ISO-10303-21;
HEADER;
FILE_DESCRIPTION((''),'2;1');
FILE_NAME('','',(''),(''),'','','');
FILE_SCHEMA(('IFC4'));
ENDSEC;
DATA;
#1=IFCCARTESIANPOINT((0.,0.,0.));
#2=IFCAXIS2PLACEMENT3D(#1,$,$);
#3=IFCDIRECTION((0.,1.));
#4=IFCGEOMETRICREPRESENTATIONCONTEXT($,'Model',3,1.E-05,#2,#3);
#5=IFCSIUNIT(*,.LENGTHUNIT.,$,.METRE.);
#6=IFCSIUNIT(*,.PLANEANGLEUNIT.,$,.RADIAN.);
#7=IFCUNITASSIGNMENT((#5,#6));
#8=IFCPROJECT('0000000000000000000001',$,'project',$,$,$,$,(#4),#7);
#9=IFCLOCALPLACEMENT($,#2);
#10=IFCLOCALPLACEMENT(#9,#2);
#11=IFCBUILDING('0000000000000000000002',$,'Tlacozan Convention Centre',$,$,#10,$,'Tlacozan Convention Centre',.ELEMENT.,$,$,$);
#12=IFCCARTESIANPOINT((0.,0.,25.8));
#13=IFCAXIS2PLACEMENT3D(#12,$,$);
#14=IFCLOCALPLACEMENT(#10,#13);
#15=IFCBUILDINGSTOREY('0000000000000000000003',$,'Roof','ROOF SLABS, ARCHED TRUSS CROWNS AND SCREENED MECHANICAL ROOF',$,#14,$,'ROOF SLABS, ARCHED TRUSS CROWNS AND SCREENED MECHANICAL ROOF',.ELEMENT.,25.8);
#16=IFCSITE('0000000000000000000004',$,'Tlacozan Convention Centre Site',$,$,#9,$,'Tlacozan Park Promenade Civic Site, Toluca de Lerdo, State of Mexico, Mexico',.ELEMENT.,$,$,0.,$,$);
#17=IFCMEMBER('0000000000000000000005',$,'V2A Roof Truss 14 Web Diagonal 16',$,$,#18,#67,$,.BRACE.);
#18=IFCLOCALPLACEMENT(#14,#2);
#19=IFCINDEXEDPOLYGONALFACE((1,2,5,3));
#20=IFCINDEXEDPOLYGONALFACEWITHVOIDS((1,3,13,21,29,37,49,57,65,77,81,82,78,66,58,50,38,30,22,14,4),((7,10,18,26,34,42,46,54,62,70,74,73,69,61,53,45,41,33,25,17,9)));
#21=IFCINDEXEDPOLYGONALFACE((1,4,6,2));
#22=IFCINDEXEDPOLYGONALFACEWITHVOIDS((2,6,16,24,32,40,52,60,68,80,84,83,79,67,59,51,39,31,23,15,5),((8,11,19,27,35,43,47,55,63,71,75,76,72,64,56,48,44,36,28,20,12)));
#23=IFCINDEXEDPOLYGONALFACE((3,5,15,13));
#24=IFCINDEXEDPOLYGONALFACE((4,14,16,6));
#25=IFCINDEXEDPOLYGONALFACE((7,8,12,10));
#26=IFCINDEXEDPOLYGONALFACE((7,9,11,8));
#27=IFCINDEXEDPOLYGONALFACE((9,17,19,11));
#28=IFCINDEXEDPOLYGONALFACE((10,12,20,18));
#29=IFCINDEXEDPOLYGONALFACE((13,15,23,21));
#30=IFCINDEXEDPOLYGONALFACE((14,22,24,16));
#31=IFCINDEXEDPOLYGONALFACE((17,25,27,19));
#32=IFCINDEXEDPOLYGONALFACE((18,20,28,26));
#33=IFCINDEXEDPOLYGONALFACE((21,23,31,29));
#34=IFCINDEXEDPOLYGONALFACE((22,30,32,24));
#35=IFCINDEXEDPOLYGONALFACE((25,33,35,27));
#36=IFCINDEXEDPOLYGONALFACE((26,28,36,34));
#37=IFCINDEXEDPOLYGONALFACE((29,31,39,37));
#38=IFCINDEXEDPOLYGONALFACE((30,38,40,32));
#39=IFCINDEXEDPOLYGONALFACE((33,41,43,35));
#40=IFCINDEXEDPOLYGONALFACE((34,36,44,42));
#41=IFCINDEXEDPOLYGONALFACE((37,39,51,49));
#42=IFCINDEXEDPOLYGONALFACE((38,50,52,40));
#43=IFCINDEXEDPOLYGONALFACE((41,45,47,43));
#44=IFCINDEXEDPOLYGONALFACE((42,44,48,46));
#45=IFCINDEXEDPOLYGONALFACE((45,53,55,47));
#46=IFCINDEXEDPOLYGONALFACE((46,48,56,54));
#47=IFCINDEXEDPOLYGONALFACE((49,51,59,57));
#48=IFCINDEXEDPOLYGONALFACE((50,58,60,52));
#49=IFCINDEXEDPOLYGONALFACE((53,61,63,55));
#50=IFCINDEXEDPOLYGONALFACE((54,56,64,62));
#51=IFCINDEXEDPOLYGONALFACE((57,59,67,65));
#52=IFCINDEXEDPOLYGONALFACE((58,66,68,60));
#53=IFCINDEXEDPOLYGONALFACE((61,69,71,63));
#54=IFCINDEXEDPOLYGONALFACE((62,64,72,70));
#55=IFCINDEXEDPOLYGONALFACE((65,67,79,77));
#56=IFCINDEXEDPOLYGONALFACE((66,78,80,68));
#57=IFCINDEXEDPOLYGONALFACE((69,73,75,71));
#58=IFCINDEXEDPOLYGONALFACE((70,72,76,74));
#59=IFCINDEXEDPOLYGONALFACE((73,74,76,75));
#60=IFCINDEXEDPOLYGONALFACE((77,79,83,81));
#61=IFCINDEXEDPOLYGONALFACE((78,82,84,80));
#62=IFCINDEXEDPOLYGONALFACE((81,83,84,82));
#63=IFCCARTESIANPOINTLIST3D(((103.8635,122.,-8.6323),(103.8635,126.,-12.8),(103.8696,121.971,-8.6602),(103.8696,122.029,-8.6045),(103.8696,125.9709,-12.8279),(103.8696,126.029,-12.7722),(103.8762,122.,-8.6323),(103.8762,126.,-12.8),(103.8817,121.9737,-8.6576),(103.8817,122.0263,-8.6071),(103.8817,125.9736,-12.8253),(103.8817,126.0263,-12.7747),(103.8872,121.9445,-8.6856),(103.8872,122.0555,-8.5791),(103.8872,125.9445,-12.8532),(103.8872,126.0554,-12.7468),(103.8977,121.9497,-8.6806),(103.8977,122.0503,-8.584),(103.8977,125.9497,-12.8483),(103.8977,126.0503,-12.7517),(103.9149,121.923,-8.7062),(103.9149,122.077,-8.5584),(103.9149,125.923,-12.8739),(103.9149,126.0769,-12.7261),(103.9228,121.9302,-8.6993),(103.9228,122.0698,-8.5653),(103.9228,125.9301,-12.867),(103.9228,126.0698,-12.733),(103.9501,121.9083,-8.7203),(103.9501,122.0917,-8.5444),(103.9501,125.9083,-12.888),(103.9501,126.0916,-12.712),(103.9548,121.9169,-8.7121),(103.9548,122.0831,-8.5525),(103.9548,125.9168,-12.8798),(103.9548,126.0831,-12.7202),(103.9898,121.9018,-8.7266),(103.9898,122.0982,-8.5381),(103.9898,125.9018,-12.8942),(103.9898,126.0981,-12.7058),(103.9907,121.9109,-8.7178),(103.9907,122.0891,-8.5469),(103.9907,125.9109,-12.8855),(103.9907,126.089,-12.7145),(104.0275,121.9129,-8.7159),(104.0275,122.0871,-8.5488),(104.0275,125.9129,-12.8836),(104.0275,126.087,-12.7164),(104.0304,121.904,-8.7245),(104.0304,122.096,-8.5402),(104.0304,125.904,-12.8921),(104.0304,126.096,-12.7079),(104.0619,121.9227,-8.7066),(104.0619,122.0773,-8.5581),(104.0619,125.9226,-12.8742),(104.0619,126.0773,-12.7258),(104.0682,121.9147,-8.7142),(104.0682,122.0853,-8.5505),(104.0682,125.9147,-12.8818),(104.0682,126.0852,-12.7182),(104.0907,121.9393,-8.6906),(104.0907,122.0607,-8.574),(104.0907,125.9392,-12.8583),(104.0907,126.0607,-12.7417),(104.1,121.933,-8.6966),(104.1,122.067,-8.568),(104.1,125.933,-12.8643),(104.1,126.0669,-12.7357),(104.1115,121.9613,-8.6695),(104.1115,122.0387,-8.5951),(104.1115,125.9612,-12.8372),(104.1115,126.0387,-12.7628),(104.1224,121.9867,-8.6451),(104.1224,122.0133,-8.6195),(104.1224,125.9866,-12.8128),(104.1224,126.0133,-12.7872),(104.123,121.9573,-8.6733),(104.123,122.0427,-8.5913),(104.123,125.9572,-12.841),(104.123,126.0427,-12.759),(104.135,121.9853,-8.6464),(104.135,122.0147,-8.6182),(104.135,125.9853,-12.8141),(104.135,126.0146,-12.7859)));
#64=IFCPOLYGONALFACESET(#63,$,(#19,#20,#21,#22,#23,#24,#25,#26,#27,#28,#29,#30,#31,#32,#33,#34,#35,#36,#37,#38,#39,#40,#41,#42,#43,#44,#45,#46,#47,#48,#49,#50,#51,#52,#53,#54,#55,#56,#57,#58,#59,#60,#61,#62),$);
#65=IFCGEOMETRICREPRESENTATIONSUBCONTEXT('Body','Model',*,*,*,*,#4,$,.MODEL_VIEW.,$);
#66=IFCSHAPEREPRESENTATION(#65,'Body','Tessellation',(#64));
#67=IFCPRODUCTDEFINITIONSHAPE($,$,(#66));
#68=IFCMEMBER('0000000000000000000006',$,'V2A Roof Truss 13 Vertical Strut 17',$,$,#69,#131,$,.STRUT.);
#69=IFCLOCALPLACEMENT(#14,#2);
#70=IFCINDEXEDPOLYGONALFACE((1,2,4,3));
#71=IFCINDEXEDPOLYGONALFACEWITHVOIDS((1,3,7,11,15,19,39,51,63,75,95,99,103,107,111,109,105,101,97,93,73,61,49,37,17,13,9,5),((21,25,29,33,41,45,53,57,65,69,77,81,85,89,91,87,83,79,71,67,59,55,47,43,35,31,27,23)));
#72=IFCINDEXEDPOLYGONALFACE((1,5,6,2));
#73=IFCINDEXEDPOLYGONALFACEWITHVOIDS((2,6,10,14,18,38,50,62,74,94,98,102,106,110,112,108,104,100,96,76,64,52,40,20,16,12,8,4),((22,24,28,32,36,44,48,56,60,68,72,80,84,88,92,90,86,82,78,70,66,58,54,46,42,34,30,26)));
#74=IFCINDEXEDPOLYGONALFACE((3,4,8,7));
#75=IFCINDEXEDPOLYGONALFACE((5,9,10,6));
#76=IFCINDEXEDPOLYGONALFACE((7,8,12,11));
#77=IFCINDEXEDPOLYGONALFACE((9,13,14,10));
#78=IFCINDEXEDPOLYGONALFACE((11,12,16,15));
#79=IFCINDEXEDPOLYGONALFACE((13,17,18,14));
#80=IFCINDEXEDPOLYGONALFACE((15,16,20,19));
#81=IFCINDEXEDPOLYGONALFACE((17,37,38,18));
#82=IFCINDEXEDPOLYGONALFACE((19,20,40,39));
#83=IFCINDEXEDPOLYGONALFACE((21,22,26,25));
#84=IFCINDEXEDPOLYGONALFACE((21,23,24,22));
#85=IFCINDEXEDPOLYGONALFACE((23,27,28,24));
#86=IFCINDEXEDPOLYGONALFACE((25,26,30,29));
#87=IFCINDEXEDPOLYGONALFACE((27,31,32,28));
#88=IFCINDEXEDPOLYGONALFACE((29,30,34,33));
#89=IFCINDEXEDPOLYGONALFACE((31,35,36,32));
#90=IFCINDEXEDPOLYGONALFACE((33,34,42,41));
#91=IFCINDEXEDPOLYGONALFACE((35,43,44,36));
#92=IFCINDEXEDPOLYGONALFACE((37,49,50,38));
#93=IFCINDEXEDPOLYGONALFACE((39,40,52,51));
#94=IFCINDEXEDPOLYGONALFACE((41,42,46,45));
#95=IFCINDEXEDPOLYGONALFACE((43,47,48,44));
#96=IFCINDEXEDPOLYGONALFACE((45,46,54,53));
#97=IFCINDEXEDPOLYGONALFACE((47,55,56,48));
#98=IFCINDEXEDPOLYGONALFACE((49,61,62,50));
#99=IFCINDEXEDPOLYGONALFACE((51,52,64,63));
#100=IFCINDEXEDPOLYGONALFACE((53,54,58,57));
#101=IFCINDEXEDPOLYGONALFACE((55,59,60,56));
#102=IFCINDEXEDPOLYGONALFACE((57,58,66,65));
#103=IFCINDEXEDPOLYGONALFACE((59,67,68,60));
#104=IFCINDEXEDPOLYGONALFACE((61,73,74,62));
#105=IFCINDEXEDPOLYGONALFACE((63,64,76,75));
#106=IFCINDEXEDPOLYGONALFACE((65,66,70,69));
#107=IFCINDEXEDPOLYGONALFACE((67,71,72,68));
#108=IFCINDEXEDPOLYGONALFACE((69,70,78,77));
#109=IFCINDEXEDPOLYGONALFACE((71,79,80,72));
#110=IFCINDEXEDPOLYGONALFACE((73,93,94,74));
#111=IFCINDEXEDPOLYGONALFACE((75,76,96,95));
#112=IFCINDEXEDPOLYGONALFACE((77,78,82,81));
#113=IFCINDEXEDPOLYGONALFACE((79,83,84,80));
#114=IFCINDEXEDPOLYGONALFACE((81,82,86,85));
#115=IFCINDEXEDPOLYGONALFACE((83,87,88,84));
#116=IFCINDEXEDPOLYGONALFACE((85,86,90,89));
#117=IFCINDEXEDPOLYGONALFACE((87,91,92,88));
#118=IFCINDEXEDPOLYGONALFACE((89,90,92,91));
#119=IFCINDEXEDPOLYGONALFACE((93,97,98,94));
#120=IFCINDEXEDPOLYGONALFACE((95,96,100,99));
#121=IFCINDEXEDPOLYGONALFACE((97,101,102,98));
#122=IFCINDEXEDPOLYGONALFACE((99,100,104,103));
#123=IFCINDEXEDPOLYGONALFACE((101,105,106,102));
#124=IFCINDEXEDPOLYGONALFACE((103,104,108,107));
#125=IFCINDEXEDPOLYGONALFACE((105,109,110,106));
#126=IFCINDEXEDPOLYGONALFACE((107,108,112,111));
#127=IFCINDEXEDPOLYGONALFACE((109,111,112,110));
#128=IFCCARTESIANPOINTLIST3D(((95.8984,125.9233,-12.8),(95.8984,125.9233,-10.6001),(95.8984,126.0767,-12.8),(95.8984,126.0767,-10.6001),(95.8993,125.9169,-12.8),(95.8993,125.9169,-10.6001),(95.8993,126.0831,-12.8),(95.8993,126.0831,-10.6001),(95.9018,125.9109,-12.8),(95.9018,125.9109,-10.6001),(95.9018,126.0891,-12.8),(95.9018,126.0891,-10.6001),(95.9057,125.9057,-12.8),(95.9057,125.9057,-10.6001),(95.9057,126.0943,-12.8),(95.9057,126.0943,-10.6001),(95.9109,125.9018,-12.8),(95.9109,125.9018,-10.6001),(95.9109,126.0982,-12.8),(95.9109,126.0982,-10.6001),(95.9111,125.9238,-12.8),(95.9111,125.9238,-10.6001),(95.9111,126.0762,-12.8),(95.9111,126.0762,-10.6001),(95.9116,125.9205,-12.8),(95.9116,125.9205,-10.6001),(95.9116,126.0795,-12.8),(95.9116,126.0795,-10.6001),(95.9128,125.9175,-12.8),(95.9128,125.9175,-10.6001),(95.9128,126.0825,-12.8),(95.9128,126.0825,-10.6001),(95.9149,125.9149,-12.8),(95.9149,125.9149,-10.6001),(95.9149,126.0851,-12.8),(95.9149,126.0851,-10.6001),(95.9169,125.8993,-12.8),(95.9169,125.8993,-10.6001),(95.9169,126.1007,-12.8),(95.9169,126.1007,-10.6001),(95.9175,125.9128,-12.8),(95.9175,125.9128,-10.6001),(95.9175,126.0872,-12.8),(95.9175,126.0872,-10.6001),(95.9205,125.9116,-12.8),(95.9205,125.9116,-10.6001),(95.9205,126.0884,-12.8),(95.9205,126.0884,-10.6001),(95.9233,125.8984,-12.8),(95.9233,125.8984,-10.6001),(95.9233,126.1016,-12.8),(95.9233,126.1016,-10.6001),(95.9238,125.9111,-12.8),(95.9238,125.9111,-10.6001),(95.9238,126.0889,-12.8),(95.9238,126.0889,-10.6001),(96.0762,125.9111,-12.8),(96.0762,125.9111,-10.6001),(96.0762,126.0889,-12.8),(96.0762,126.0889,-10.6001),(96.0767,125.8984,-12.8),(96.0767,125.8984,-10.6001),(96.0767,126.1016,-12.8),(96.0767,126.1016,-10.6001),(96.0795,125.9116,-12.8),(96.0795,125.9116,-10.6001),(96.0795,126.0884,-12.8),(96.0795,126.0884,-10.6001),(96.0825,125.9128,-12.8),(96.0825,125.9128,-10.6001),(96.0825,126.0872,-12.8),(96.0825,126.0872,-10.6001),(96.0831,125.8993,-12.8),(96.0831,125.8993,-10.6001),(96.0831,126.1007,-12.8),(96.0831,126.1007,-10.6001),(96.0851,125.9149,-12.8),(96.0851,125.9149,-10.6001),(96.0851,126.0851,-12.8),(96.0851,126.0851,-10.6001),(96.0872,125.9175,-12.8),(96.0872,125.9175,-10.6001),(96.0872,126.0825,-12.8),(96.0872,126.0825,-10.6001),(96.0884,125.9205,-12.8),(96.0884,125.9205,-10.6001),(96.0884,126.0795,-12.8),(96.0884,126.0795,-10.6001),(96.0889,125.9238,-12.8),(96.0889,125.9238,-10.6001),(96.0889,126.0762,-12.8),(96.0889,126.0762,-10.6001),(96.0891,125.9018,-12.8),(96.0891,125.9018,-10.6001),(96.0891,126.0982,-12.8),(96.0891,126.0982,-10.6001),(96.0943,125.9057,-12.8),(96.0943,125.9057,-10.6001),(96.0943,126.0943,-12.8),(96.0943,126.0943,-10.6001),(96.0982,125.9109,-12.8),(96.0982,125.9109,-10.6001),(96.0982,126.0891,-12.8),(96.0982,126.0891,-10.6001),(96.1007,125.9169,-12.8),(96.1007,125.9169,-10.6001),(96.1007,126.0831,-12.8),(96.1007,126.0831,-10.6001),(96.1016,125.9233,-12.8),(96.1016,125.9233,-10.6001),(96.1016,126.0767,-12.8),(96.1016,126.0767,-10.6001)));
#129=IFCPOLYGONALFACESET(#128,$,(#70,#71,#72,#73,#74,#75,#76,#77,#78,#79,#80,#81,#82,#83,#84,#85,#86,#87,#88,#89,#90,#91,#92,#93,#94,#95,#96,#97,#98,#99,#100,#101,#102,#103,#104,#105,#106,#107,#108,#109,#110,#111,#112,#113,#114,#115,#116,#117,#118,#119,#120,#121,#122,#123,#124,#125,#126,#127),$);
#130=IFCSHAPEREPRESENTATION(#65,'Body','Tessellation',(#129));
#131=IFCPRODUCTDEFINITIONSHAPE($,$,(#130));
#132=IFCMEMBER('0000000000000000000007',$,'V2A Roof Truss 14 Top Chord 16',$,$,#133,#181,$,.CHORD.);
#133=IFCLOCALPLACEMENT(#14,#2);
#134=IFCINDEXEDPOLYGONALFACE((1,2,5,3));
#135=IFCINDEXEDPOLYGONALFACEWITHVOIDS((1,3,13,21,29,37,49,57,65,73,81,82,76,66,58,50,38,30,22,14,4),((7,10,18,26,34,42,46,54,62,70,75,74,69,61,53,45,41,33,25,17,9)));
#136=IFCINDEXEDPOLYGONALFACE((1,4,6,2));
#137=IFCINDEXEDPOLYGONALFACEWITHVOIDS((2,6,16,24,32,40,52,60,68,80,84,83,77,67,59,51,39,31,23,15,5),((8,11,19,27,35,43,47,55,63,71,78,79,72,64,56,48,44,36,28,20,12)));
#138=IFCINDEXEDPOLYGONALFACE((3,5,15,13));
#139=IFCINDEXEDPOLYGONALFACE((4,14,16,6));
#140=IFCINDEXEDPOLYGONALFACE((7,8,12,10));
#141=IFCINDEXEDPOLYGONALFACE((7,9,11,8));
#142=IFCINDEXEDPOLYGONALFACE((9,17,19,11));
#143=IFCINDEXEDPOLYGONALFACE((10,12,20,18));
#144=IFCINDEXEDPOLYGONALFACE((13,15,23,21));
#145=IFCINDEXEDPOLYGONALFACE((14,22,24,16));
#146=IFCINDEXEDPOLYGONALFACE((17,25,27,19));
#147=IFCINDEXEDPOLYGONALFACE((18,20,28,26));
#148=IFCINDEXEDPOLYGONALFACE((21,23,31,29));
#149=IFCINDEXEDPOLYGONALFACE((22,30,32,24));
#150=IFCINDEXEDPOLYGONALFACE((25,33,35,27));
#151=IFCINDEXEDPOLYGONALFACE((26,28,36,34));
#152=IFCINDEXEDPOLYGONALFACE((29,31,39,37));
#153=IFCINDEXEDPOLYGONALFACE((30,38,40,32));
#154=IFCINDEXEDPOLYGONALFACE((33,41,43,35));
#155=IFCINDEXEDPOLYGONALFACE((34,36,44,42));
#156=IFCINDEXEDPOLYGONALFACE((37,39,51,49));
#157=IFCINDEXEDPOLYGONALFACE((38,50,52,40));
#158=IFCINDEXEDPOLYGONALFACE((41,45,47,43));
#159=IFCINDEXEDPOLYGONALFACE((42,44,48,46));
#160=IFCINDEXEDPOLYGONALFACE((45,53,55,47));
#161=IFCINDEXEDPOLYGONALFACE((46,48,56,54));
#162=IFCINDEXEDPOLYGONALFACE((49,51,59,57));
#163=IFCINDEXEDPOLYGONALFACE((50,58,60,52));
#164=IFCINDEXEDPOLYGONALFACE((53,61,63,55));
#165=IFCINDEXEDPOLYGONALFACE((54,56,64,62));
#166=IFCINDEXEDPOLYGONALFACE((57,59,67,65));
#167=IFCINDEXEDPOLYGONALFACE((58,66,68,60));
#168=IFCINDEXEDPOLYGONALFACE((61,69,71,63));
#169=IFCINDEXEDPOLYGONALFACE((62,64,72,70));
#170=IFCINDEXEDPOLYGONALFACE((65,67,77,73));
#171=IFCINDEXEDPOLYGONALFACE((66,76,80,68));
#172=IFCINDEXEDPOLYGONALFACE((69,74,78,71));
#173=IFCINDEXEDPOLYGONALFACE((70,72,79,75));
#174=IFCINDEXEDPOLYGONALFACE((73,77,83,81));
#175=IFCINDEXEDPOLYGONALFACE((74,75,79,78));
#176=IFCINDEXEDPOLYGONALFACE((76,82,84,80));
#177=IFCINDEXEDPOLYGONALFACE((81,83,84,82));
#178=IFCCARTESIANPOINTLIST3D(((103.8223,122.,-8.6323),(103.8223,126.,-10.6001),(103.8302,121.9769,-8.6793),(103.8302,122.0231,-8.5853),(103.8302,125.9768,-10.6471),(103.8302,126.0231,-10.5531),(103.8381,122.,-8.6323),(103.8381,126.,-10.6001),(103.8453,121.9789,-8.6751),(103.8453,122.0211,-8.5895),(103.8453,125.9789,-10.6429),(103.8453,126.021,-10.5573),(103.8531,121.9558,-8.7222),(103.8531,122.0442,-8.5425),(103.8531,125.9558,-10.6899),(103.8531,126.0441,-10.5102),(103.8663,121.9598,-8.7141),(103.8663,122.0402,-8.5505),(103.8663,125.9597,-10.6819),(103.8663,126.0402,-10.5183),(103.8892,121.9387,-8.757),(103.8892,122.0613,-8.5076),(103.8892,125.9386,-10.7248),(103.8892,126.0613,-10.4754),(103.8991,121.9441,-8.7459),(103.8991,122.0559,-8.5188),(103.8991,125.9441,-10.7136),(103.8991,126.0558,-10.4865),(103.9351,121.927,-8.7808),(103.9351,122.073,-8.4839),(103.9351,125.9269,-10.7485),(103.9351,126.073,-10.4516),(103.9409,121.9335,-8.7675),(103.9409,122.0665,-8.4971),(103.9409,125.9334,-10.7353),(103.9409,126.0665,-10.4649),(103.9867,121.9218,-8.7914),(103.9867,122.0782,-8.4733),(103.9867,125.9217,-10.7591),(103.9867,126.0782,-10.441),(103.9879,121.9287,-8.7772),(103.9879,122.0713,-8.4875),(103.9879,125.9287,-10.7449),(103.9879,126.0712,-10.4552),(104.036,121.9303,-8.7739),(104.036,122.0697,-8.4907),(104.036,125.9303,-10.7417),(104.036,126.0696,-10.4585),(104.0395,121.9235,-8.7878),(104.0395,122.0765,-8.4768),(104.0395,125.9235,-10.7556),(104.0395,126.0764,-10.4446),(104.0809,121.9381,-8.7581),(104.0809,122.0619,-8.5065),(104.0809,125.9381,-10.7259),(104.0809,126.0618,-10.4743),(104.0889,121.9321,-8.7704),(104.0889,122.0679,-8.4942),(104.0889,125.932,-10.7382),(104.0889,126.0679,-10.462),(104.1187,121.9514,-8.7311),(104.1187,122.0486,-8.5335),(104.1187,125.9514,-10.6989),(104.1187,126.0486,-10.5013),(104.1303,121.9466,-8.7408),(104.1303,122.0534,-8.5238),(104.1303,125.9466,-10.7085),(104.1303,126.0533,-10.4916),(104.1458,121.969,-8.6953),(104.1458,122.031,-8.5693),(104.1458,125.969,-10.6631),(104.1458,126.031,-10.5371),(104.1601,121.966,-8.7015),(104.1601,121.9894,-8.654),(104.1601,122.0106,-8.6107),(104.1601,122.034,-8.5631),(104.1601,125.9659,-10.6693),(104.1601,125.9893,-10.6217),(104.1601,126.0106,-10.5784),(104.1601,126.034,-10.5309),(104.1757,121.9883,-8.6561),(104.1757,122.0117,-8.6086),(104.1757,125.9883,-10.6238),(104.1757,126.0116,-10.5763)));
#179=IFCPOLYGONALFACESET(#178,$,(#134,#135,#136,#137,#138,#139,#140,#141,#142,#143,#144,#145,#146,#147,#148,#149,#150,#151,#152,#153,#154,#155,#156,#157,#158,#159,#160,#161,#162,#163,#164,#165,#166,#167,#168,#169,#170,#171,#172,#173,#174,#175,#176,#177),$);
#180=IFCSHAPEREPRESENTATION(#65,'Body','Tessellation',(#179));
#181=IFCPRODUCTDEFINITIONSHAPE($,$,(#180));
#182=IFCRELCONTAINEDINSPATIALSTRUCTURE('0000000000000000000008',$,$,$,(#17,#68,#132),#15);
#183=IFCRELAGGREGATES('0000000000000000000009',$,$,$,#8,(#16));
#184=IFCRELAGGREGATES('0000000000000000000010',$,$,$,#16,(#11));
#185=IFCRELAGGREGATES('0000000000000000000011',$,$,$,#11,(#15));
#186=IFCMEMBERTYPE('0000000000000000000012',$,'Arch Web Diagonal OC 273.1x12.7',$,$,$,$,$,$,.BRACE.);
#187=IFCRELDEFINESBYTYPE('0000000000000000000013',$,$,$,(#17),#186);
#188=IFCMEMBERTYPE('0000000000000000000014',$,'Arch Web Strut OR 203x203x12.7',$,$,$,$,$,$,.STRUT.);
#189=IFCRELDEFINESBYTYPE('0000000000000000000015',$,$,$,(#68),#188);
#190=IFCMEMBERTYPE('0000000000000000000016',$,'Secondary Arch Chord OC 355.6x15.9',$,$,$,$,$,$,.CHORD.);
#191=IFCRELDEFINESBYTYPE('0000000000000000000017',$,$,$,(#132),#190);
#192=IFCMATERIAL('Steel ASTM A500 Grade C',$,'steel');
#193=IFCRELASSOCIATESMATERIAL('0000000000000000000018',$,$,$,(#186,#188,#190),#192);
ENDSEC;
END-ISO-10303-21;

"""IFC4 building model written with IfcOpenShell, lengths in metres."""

from ifc_helpers import new_model, si_unit, direction, frame, origin, origin_2d, place, context, subcontext, project, spatial, hollow_rectangle, hollow_circle, extrude, material, material_profile, profile_set, type_object, element, save


model = new_model("IFC4")

# Units and contexts
model_context = context("Model", 3, precision=1e-05, world=origin(), true_north=direction((0.0, 1.0)))
body_context = subcontext(model_context, "Body", "Model", "MODEL_VIEW")
ifc_project = project(units=[si_unit("LENGTHUNIT", "METRE"), si_unit("PLANEANGLEUNIT", "RADIAN")], contexts=[model_context])

# Site, building, storey
site_placement = place(None, origin())
site = spatial("IfcSite", under=ifc_project, at=site_placement, Name="Tlacozan Convention Centre Site", LongName="Tlacozan Park Promenade Civic Site, Toluca de Lerdo, State of Mexico, Mexico", CompositionType="ELEMENT", RefElevation=0.0)
building_placement = place(site_placement, origin())
building = spatial("IfcBuilding", under=site, at=building_placement, Name="Tlacozan Convention Centre", LongName="Tlacozan Convention Centre", CompositionType="ELEMENT")
storey_placement = place(building_placement, frame((0.0, 0.0, 25.8)))
storey = spatial("IfcBuildingStorey", under=building, at=storey_placement, Name="Roof", Description="ROOF SLABS, ARCHED TRUSS CROWNS AND SCREENED MECHANICAL ROOF", LongName="ROOF SLABS, ARCHED TRUSS CROWNS AND SCREENED MECHANICAL ROOF", CompositionType="ELEMENT", Elevation=25.8)

# Members
ifc_material_1 = material(Name="Steel ASTM A500 Grade C", Category="steel")
ifc_material_profile_1 = material_profile(ifc_material_1, hollow_circle(Radius=0.1365, WallThickness=0.0127, at=origin_2d()), Name="OC 273.1x12.7")
ifc_profile_set_1 = profile_set([ifc_material_profile_1], Name="Steel ASTM A500 Grade C")
member_type_1 = type_object("IfcMemberType", Name="Arch Web Diagonal OC 273.1x12.7", PredefinedType="BRACE", material=ifc_profile_set_1)
member_1_placement = place(storey_placement, frame((104.0, 122.0, -8.6323), z_axis=(0.0, 0.69244, -0.721475), x_axis=(-1.0, 0.0, 0.0)))
element("IfcMember", 1, at=member_1_placement, inside=storey, type_object=member_type_1, Name="V2A Roof Truss 14 Web Diagonal 16", PredefinedType="BRACE", context=body_context, shape_type="SweptSolid", body=[
    extrude(hollow_circle(Radius=0.1365, WallThickness=0.0127, at=origin_2d()), origin(), (0.0, 0.0, 1.0), 5.7766),
])
ifc_material_profile_2 = material_profile(ifc_material_1, hollow_rectangle(XDim=0.2031, YDim=0.2031, WallThickness=0.0127, InnerFilletRadius=0.0127, OuterFilletRadius=0.0249, at=origin_2d()), Name="OR 203x203x12.7")
ifc_profile_set_2 = profile_set([ifc_material_profile_2], Name="Steel ASTM A500 Grade C")
member_type_2 = type_object("IfcMemberType", Name="Arch Web Strut OR 203x203x12.7", PredefinedType="STRUT", material=ifc_profile_set_2)
member_2_placement = place(storey_placement, frame((96.0, 126.0, -12.8), z_axis=(0.0, 0.0, 1.0), x_axis=(1.0, 0.0, 0.0)))
element("IfcMember", 2, at=member_2_placement, inside=storey, type_object=member_type_2, Name="V2A Roof Truss 13 Vertical Strut 17", PredefinedType="STRUT", context=body_context, shape_type="SweptSolid", body=[
    extrude(hollow_rectangle(XDim=0.2031, YDim=0.2031, WallThickness=0.0127, InnerFilletRadius=0.0127, OuterFilletRadius=0.0249, at=origin_2d()), origin(), (0.0, 0.0, 1.0), 2.2),
])
ifc_material_profile_3 = material_profile(ifc_material_1, hollow_circle(Radius=0.1777, WallThickness=0.0159, at=origin_2d()), Name="OC 355.6x15.9")
ifc_profile_set_3 = profile_set([ifc_material_profile_3], Name="Steel ASTM A500 Grade C")
member_type_3 = type_object("IfcMemberType", Name="Secondary Arch Chord OC 355.6x15.9", PredefinedType="CHORD", material=ifc_profile_set_3)
member_3_placement = place(storey_placement, frame((104.0, 122.0, -8.6323), z_axis=(0.0, 0.8973, -0.441421), x_axis=(-1.0, 0.0, 0.0)))
element("IfcMember", 3, at=member_3_placement, inside=storey, type_object=member_type_3, Name="V2A Roof Truss 14 Top Chord 16", PredefinedType="CHORD", context=body_context, shape_type="SweptSolid", body=[
    extrude(hollow_circle(Radius=0.1777, WallThickness=0.0159, at=origin_2d()), origin(), (0.0, 0.0, 1.0), 4.4578),
])

save(model, "model.ifc")
